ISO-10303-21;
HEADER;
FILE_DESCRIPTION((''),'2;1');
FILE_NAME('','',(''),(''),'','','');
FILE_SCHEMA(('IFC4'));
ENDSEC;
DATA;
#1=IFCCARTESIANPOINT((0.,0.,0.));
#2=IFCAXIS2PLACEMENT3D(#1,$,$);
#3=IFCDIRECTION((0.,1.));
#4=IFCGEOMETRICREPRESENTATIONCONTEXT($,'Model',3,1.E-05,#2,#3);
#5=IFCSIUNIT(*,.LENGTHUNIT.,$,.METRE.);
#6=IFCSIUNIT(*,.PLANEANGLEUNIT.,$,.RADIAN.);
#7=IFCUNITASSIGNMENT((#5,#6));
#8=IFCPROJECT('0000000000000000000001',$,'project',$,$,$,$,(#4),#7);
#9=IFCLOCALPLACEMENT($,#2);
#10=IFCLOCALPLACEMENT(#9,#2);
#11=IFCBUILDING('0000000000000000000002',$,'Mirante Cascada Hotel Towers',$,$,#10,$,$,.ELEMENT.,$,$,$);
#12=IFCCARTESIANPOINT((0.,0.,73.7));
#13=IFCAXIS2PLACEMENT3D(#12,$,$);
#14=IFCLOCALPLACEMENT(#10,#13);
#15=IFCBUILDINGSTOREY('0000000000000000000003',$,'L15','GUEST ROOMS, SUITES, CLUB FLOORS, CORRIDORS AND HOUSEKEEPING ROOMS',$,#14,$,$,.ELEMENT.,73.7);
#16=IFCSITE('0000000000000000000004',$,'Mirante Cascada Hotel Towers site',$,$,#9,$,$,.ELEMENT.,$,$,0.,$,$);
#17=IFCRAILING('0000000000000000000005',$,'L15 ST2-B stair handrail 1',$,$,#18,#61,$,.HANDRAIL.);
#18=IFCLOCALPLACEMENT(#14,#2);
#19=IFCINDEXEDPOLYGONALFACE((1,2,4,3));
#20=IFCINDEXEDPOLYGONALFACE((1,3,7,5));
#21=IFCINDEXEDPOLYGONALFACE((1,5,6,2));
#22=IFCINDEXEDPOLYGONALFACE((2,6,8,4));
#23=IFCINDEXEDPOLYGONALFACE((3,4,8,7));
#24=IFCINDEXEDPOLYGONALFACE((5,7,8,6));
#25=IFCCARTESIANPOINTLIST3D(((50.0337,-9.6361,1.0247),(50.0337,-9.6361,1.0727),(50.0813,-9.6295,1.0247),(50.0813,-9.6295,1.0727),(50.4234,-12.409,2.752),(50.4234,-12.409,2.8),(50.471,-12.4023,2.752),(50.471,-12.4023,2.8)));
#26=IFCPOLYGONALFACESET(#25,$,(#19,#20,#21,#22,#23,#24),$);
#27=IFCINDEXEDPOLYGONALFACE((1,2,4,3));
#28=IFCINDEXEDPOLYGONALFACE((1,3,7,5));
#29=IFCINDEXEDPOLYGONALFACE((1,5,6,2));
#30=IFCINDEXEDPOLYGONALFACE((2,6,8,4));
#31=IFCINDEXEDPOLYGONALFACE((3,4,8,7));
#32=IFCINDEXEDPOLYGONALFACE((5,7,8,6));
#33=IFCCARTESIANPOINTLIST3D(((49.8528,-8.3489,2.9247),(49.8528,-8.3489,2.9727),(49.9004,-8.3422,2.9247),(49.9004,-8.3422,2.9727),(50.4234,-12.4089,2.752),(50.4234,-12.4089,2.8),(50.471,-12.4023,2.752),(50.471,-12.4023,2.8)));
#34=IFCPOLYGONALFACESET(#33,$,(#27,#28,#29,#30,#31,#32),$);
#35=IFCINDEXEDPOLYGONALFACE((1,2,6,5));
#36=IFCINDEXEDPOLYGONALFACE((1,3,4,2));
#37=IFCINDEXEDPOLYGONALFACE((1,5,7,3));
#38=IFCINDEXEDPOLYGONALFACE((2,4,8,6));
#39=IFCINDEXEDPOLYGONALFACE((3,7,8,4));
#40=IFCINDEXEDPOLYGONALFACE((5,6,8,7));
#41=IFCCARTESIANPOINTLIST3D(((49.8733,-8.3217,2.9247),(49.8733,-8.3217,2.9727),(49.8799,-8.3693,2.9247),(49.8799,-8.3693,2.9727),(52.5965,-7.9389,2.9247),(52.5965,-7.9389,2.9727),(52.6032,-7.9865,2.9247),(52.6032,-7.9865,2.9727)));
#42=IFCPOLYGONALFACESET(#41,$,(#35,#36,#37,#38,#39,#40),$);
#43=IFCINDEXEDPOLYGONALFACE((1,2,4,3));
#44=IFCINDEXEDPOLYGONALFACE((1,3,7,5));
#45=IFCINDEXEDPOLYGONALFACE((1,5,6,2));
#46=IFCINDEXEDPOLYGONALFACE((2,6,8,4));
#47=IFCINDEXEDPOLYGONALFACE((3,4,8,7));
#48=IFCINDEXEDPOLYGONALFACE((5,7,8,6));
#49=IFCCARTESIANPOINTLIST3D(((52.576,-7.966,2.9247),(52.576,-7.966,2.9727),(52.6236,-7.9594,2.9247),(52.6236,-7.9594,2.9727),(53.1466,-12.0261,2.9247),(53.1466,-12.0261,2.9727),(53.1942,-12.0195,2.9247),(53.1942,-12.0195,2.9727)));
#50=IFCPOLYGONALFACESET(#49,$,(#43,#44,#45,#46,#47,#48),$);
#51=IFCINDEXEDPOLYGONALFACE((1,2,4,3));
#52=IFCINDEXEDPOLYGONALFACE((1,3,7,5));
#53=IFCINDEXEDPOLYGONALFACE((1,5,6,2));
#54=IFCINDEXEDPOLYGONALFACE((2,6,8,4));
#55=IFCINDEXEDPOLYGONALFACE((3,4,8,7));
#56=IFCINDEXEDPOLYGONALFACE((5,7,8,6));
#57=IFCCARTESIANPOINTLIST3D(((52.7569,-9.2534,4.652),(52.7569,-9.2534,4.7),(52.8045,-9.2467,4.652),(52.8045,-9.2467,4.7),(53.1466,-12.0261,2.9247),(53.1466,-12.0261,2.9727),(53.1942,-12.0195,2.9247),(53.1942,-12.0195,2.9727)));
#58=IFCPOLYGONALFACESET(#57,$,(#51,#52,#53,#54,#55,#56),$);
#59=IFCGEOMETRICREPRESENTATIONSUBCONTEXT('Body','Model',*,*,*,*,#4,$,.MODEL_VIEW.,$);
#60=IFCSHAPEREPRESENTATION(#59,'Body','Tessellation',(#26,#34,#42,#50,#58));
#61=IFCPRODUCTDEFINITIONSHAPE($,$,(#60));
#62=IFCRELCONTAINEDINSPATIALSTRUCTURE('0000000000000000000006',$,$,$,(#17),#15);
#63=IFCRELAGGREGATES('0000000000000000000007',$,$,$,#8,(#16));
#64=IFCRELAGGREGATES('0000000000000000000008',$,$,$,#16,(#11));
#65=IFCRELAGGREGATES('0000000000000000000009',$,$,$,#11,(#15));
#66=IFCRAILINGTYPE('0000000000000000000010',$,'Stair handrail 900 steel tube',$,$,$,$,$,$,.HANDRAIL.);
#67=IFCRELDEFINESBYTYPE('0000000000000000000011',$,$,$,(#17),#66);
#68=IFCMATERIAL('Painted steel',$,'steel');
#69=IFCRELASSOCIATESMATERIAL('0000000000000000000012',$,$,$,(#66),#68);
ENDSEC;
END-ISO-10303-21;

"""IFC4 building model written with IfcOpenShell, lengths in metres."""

from ifc_helpers import new_model, si_unit, direction, frame, origin, origin_2d, place, context, subcontext, project, spatial, rectangle, extrude, material, type_object, element, save


model = new_model("IFC4")

# Units and contexts
model_context = context("Model", 3, precision=1e-05, world=origin(), true_north=direction((0.0, 1.0)))
body_context = subcontext(model_context, "Body", "Model", "MODEL_VIEW")
ifc_project = project(units=[si_unit("LENGTHUNIT", "METRE"), si_unit("PLANEANGLEUNIT", "RADIAN")], contexts=[model_context])

# Site, building, storey
site_placement = place(None, origin())
site = spatial("IfcSite", under=ifc_project, at=site_placement, Name="Mirante Cascada Hotel Towers site", CompositionType="ELEMENT", RefElevation=0.0)
building_placement = place(site_placement, origin())
building = spatial("IfcBuilding", under=site, at=building_placement, Name="Mirante Cascada Hotel Towers", CompositionType="ELEMENT")
storey_placement = place(building_placement, frame((0.0, 0.0, 73.7)))
storey = spatial("IfcBuildingStorey", under=building, at=storey_placement, Name="L15", Description="GUEST ROOMS, SUITES, CLUB FLOORS, CORRIDORS AND HOUSEKEEPING ROOMS", CompositionType="ELEMENT", Elevation=73.7)

# Railing
ifc_material_1 = material(Name="Painted steel", Category="steel")
railing_type_1 = type_object("IfcRailingType", Name="Stair handrail 900 steel tube", PredefinedType="HANDRAIL", material=ifc_material_1)
railing_1_placement = place(storey_placement, frame((50.0575, -9.6328, 0.1727)))
element("IfcRailing", 1, at=railing_1_placement, inside=storey, type_object=railing_type_1, Name="L15 ST2-B stair handrail 1", PredefinedType="HANDRAIL", context=body_context, shape_type="SweptSolid", body=[
    extrude(rectangle(XDim=0.048, YDim=0.048, at=origin_2d()), frame((0.0, 0.0, 0.876), z_axis=(0.139176, -0.990268, 0.0), x_axis=(0.990268, 0.139176, 0.0)), (0.0, 0.525021, 0.851089), 3.29),
    extrude(rectangle(XDim=0.048, YDim=0.048, at=origin_2d()), frame((0.3897, -2.7728, 2.6033), z_axis=(-0.139171, 0.990268, 0.0), x_axis=(-0.990268, -0.139171, 0.0)), (0.0, 0.042085, 0.999114), 4.1036),
    extrude(rectangle(XDim=0.048, YDim=0.048, at=origin_2d()), frame((-0.1809, 1.2873, 2.776), z_axis=(0.990264, 0.139201, 0.0), x_axis=(-0.139201, 0.990264, 0.0)), (0.0, 0.0, 1.0), 2.75),
    extrude(rectangle(XDim=0.048, YDim=0.048, at=origin_2d()), frame((2.5423, 1.6701, 2.776), z_axis=(0.139171, -0.990268, 0.0), x_axis=(0.990268, 0.139171, 0.0)), (0.0, 0.0, 1.0), 4.1),
    extrude(rectangle(XDim=0.048, YDim=0.048, at=origin_2d()), frame((3.1129, -2.39, 2.776), z_axis=(-0.139181, 0.990267, 0.0), x_axis=(-0.990267, -0.139181, 0.0)), (0.0, 0.525035, 0.851081), 3.2899),
])

save(model, "model.ifc")
